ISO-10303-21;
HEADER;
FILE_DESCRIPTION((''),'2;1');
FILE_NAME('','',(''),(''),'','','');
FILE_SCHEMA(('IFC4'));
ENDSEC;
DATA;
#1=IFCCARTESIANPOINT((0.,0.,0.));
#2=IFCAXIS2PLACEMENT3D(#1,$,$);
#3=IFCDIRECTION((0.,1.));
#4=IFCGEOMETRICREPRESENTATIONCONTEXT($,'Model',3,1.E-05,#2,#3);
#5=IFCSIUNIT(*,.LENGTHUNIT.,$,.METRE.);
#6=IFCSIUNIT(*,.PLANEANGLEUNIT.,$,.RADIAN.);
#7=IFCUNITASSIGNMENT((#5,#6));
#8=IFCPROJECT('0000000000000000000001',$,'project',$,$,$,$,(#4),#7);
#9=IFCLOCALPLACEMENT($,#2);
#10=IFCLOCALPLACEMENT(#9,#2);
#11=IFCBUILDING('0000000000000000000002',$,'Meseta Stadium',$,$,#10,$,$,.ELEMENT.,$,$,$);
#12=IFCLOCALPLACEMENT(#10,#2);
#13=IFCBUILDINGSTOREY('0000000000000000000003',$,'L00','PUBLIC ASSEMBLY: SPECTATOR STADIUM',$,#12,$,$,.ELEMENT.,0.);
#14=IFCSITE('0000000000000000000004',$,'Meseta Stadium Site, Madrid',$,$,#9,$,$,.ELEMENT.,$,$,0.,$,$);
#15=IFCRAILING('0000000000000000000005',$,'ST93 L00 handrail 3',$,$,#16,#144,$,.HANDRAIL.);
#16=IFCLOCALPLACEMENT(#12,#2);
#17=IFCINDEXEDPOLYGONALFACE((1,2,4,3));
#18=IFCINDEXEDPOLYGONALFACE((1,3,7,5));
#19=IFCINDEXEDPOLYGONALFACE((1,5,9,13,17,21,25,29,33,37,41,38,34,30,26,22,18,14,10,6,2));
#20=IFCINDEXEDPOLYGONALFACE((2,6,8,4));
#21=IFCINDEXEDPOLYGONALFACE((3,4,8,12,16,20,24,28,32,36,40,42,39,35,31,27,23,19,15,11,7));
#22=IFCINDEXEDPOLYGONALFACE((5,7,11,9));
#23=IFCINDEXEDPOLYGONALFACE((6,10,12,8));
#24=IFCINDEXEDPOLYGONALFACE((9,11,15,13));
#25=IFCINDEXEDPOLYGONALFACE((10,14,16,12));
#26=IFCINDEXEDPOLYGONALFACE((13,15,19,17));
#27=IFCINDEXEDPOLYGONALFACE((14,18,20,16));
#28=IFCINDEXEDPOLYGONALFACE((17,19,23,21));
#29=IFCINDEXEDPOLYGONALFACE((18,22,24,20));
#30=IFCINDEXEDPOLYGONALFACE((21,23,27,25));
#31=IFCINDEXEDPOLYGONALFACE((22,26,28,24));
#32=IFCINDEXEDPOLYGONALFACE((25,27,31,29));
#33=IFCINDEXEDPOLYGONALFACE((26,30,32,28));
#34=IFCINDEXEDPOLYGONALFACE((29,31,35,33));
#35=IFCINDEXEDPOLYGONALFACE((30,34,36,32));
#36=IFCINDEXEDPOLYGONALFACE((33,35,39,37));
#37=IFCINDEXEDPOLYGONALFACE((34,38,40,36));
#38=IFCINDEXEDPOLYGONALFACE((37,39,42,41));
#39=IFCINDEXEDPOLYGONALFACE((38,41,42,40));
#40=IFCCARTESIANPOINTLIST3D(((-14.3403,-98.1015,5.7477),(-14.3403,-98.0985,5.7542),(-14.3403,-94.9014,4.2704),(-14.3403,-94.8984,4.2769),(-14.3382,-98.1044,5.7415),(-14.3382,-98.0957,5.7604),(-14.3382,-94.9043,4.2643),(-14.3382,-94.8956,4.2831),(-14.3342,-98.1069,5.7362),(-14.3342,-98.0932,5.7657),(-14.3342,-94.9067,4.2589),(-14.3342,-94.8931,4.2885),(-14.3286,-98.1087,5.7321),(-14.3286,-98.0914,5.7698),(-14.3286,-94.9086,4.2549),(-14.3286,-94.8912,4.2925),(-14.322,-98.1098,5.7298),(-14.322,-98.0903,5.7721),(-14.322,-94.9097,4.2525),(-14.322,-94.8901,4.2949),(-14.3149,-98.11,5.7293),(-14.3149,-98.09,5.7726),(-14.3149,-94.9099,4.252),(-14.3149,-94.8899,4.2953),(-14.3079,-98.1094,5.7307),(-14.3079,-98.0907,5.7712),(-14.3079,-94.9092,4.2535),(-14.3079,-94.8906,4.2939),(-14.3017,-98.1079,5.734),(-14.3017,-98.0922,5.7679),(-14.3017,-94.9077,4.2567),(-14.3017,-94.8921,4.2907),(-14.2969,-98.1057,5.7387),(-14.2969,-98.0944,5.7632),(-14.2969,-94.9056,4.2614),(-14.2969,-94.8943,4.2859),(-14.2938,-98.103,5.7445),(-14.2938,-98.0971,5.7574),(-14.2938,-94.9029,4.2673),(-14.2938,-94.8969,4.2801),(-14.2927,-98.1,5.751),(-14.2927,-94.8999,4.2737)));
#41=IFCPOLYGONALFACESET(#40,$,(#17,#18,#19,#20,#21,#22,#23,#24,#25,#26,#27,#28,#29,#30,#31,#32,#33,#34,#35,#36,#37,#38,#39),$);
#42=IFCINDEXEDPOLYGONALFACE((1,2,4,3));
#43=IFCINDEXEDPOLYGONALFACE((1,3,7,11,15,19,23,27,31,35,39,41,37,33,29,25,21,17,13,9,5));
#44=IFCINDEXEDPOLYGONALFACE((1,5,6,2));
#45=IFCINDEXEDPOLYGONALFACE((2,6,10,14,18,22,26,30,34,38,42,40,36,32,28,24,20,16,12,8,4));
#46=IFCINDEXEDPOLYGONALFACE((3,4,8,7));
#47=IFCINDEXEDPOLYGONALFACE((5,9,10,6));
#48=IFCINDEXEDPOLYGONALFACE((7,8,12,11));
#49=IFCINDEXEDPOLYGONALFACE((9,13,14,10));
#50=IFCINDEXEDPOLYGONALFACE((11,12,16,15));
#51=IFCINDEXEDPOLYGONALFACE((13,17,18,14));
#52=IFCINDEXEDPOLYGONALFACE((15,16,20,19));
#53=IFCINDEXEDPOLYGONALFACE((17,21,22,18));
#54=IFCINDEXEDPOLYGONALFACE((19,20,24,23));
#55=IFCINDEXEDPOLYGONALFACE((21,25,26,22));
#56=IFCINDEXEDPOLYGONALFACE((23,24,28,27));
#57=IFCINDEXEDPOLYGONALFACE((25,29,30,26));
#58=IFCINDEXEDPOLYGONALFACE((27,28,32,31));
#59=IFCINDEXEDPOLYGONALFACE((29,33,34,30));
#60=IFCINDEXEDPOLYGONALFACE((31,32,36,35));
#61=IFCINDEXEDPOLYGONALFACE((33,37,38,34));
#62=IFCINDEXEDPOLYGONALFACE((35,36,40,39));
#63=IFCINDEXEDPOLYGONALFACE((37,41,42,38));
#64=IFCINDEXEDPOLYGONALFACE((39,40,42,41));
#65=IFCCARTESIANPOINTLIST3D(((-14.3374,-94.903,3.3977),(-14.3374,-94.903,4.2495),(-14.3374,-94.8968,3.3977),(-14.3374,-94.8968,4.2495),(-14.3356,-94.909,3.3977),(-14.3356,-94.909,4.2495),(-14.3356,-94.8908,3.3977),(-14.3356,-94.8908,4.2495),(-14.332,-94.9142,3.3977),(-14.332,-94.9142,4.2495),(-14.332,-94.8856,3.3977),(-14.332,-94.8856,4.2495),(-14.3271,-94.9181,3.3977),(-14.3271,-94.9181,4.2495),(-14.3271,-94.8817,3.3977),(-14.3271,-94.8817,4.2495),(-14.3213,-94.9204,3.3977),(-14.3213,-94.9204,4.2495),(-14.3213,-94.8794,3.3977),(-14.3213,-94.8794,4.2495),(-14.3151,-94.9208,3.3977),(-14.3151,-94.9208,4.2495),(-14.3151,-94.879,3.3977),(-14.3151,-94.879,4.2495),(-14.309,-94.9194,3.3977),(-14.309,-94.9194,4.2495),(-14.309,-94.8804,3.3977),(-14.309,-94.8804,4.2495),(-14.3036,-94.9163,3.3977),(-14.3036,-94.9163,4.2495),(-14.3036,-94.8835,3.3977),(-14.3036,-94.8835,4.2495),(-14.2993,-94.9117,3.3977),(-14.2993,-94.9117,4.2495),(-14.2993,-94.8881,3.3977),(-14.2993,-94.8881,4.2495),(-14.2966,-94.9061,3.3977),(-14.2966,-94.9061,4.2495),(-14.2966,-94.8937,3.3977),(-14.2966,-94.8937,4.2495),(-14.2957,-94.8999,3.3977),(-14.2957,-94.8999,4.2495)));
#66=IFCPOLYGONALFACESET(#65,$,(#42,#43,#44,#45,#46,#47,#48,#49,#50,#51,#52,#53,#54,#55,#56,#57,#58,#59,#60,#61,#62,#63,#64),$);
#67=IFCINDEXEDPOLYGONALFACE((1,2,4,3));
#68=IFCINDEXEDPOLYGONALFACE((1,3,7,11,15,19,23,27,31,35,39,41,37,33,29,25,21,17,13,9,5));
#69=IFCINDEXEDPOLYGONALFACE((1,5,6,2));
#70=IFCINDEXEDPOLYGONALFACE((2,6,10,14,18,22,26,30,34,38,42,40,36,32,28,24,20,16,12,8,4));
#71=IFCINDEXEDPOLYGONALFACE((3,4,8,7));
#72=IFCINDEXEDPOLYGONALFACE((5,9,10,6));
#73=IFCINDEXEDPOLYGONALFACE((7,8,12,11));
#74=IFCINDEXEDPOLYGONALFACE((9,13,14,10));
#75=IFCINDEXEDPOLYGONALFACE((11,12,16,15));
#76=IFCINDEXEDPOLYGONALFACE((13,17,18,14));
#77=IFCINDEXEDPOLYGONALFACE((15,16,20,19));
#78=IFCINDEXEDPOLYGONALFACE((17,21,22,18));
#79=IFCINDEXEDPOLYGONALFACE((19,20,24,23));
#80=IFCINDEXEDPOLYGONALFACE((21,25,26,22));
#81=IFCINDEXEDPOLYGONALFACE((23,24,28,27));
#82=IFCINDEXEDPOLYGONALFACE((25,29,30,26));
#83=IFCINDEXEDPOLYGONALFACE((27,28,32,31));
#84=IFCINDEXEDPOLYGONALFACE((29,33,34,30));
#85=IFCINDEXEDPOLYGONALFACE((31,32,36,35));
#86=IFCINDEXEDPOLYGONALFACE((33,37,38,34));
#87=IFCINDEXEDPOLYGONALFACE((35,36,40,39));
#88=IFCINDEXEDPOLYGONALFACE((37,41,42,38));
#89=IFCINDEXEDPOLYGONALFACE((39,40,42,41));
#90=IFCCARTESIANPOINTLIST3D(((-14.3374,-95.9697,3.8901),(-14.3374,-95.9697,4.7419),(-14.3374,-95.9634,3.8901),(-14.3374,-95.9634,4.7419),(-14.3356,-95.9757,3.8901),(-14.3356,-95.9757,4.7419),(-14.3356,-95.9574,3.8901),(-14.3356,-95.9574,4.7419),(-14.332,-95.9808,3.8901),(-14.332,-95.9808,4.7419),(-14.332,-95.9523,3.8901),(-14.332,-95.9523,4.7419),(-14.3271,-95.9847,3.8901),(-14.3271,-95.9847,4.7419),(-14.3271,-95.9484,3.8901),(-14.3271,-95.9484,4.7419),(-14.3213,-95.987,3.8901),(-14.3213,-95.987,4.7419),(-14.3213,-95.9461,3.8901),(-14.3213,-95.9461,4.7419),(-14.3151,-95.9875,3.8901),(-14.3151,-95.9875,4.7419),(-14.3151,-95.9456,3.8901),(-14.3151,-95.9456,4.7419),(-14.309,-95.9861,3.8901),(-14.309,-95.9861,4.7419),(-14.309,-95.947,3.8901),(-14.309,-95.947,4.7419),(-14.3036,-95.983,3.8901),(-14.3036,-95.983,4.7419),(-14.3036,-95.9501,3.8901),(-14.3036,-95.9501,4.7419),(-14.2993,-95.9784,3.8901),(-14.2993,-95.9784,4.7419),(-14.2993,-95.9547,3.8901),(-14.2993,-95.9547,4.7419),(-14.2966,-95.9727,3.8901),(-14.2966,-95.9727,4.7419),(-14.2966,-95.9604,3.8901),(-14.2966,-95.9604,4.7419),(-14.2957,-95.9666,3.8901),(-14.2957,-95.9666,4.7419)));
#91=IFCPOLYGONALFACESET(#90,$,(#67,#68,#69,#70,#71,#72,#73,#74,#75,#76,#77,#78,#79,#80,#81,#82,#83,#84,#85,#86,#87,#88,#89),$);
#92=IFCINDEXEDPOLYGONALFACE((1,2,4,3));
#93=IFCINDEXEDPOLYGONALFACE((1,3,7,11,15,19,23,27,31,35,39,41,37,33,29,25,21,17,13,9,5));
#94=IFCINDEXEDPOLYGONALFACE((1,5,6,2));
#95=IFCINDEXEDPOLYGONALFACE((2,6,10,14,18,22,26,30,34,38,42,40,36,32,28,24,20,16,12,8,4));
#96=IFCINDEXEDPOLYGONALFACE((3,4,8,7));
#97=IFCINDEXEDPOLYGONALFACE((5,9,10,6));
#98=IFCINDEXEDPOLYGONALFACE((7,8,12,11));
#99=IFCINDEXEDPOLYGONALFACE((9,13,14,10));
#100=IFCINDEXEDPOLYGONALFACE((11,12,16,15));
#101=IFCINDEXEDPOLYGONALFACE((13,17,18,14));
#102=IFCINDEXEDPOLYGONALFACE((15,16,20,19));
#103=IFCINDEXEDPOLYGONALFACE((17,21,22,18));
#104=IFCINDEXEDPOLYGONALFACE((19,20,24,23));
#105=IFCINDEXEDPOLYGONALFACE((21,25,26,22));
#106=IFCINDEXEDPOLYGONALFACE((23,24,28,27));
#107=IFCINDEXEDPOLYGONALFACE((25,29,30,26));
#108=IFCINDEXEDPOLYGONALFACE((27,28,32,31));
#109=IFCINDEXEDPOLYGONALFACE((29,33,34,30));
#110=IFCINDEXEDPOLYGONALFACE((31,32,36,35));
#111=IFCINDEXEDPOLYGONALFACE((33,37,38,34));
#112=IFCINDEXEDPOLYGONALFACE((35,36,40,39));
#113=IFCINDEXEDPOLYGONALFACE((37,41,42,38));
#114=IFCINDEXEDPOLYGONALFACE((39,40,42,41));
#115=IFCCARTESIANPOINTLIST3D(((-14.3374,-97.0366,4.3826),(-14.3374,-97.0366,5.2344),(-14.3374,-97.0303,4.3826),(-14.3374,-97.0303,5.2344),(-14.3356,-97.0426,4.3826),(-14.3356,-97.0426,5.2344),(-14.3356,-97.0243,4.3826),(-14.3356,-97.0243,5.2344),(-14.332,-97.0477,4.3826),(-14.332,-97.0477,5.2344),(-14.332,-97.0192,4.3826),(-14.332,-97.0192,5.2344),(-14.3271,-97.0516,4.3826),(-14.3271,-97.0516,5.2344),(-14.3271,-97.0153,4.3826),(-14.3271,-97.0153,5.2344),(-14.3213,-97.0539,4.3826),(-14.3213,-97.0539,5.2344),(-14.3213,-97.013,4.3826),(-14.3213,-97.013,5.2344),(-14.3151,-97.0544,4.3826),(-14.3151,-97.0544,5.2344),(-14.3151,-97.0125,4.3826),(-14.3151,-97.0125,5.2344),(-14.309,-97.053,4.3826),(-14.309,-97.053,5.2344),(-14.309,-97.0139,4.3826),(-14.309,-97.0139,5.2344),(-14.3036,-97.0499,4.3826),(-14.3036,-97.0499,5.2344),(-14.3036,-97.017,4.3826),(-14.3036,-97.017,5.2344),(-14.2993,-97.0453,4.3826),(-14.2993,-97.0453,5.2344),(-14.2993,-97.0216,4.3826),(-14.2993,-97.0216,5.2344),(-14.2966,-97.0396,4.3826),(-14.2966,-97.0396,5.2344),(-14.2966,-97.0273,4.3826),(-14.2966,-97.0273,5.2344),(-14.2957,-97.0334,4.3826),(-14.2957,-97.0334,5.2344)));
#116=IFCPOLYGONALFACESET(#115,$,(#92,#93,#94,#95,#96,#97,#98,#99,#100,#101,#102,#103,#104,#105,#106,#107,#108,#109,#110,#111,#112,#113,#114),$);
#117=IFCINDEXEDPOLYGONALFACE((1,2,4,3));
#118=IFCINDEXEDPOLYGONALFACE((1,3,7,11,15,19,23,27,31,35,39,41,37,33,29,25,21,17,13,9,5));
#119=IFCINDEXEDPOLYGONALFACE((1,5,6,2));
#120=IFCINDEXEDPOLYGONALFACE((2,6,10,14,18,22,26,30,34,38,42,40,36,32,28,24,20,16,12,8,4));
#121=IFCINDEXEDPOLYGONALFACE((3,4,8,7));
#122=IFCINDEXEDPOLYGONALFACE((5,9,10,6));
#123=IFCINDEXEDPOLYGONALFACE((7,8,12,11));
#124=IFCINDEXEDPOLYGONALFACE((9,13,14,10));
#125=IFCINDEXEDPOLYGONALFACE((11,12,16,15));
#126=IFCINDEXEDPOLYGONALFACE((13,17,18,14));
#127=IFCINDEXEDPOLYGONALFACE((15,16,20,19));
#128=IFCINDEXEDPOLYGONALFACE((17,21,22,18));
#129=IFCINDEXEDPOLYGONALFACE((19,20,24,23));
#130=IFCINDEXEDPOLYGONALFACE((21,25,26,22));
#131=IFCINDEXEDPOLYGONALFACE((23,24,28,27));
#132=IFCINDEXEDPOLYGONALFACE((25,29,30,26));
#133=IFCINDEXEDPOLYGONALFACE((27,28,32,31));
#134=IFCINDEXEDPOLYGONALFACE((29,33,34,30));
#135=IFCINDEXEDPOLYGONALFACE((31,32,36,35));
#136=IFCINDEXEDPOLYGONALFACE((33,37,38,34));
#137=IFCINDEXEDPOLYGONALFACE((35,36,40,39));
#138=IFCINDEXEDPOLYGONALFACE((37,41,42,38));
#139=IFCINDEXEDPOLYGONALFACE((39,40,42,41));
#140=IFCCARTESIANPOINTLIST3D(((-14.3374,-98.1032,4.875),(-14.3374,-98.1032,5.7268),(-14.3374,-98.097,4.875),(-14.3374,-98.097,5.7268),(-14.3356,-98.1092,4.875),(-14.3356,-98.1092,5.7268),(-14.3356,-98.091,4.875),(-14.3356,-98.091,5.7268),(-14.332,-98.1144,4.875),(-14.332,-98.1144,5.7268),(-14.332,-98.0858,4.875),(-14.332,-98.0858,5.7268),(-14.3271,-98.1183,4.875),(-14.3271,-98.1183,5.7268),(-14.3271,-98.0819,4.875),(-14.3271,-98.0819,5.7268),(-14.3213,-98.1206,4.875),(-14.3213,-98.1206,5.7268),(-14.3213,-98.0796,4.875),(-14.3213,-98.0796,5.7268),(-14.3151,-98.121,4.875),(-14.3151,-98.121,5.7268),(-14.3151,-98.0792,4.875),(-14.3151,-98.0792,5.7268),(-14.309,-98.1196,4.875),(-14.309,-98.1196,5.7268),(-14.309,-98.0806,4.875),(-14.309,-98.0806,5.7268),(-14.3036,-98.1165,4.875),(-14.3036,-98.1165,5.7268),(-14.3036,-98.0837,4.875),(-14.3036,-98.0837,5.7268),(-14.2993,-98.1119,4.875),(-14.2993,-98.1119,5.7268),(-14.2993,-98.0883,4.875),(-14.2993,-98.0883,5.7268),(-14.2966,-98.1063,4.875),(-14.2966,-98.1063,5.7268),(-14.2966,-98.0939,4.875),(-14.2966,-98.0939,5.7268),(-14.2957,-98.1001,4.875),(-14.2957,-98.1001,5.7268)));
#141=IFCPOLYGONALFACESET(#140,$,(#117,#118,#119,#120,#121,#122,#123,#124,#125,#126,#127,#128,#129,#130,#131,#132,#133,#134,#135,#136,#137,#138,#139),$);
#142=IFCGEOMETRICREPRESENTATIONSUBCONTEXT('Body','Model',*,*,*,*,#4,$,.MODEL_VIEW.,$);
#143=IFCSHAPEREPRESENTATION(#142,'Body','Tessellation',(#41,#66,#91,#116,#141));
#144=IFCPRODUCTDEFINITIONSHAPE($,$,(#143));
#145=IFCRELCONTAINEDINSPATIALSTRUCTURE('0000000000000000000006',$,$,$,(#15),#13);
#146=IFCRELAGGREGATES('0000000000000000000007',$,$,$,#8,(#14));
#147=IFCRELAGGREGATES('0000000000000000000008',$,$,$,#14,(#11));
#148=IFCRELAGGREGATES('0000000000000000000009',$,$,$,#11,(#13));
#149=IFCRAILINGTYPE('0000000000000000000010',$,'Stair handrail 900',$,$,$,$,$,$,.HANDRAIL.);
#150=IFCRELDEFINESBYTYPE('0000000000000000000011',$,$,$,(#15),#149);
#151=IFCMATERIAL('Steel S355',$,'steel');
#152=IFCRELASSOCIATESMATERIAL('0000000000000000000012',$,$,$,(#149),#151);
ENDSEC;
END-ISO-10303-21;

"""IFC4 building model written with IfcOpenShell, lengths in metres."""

from ifc_helpers import new_model, si_unit, direction, frame, origin, origin_2d, place, context, subcontext, project, spatial, circle, extrude, material, type_object, element, save


model = new_model("IFC4")

# Units and contexts
model_context = context("Model", 3, precision=1e-05, world=origin(), true_north=direction((0.0, 1.0)))
body_context = subcontext(model_context, "Body", "Model", "MODEL_VIEW")
ifc_project = project(units=[si_unit("LENGTHUNIT", "METRE"), si_unit("PLANEANGLEUNIT", "RADIAN")], contexts=[model_context])

# Site, building, storey
site_placement = place(None, origin())
site = spatial("IfcSite", under=ifc_project, at=site_placement, Name="Meseta Stadium Site, Madrid", CompositionType="ELEMENT", RefElevation=0.0)
building_placement = place(site_placement, origin())
building = spatial("IfcBuilding", under=site, at=building_placement, Name="Meseta Stadium", CompositionType="ELEMENT")
storey_placement = place(building_placement, origin())
storey = spatial("IfcBuildingStorey", under=building, at=storey_placement, Name="L00", Description="PUBLIC ASSEMBLY: SPECTATOR STADIUM", CompositionType="ELEMENT", Elevation=0.0)

# Railing
ifc_material_1 = material(Name="Steel S355", Category="steel")
railing_type_1 = type_object("IfcRailingType", Name="Stair handrail 900", PredefinedType="HANDRAIL", material=ifc_material_1)
railing_1_placement = place(storey_placement, frame((-14.3167, -94.8999, 3.3977)))
element("IfcRailing", 1, at=railing_1_placement, inside=storey, type_object=railing_type_1, Name="ST93 L00 handrail 3", PredefinedType="HANDRAIL", context=body_context, shape_type="SweptSolid", body=[
    extrude(circle(Radius=0.0239, at=origin_2d()), frame((0.0, 0.0, 0.876), z_axis=(0.0, -0.907929, 0.419124), x_axis=(1.0, 0.0, 0.0)), (0.0, 0.0, 1.0), 3.5247),
    extrude(circle(Radius=0.021, at=origin_2d()), origin(), (0.0, 0.0, 1.0), 0.8518),
    extrude(circle(Radius=0.021, at=origin_2d()), frame((0.0, -1.0667, 0.4924)), (0.0, 0.0, 1.0), 0.8518),
    extrude(circle(Radius=0.021, at=origin_2d()), frame((0.0, -2.1335, 0.9849)), (0.0, 0.0, 1.0), 0.8518),
    extrude(circle(Radius=0.021, at=origin_2d()), frame((0.0, -3.2002, 1.4773)), (0.0, 0.0, 1.0), 0.8518),
])

save(model, "model.ifc")
